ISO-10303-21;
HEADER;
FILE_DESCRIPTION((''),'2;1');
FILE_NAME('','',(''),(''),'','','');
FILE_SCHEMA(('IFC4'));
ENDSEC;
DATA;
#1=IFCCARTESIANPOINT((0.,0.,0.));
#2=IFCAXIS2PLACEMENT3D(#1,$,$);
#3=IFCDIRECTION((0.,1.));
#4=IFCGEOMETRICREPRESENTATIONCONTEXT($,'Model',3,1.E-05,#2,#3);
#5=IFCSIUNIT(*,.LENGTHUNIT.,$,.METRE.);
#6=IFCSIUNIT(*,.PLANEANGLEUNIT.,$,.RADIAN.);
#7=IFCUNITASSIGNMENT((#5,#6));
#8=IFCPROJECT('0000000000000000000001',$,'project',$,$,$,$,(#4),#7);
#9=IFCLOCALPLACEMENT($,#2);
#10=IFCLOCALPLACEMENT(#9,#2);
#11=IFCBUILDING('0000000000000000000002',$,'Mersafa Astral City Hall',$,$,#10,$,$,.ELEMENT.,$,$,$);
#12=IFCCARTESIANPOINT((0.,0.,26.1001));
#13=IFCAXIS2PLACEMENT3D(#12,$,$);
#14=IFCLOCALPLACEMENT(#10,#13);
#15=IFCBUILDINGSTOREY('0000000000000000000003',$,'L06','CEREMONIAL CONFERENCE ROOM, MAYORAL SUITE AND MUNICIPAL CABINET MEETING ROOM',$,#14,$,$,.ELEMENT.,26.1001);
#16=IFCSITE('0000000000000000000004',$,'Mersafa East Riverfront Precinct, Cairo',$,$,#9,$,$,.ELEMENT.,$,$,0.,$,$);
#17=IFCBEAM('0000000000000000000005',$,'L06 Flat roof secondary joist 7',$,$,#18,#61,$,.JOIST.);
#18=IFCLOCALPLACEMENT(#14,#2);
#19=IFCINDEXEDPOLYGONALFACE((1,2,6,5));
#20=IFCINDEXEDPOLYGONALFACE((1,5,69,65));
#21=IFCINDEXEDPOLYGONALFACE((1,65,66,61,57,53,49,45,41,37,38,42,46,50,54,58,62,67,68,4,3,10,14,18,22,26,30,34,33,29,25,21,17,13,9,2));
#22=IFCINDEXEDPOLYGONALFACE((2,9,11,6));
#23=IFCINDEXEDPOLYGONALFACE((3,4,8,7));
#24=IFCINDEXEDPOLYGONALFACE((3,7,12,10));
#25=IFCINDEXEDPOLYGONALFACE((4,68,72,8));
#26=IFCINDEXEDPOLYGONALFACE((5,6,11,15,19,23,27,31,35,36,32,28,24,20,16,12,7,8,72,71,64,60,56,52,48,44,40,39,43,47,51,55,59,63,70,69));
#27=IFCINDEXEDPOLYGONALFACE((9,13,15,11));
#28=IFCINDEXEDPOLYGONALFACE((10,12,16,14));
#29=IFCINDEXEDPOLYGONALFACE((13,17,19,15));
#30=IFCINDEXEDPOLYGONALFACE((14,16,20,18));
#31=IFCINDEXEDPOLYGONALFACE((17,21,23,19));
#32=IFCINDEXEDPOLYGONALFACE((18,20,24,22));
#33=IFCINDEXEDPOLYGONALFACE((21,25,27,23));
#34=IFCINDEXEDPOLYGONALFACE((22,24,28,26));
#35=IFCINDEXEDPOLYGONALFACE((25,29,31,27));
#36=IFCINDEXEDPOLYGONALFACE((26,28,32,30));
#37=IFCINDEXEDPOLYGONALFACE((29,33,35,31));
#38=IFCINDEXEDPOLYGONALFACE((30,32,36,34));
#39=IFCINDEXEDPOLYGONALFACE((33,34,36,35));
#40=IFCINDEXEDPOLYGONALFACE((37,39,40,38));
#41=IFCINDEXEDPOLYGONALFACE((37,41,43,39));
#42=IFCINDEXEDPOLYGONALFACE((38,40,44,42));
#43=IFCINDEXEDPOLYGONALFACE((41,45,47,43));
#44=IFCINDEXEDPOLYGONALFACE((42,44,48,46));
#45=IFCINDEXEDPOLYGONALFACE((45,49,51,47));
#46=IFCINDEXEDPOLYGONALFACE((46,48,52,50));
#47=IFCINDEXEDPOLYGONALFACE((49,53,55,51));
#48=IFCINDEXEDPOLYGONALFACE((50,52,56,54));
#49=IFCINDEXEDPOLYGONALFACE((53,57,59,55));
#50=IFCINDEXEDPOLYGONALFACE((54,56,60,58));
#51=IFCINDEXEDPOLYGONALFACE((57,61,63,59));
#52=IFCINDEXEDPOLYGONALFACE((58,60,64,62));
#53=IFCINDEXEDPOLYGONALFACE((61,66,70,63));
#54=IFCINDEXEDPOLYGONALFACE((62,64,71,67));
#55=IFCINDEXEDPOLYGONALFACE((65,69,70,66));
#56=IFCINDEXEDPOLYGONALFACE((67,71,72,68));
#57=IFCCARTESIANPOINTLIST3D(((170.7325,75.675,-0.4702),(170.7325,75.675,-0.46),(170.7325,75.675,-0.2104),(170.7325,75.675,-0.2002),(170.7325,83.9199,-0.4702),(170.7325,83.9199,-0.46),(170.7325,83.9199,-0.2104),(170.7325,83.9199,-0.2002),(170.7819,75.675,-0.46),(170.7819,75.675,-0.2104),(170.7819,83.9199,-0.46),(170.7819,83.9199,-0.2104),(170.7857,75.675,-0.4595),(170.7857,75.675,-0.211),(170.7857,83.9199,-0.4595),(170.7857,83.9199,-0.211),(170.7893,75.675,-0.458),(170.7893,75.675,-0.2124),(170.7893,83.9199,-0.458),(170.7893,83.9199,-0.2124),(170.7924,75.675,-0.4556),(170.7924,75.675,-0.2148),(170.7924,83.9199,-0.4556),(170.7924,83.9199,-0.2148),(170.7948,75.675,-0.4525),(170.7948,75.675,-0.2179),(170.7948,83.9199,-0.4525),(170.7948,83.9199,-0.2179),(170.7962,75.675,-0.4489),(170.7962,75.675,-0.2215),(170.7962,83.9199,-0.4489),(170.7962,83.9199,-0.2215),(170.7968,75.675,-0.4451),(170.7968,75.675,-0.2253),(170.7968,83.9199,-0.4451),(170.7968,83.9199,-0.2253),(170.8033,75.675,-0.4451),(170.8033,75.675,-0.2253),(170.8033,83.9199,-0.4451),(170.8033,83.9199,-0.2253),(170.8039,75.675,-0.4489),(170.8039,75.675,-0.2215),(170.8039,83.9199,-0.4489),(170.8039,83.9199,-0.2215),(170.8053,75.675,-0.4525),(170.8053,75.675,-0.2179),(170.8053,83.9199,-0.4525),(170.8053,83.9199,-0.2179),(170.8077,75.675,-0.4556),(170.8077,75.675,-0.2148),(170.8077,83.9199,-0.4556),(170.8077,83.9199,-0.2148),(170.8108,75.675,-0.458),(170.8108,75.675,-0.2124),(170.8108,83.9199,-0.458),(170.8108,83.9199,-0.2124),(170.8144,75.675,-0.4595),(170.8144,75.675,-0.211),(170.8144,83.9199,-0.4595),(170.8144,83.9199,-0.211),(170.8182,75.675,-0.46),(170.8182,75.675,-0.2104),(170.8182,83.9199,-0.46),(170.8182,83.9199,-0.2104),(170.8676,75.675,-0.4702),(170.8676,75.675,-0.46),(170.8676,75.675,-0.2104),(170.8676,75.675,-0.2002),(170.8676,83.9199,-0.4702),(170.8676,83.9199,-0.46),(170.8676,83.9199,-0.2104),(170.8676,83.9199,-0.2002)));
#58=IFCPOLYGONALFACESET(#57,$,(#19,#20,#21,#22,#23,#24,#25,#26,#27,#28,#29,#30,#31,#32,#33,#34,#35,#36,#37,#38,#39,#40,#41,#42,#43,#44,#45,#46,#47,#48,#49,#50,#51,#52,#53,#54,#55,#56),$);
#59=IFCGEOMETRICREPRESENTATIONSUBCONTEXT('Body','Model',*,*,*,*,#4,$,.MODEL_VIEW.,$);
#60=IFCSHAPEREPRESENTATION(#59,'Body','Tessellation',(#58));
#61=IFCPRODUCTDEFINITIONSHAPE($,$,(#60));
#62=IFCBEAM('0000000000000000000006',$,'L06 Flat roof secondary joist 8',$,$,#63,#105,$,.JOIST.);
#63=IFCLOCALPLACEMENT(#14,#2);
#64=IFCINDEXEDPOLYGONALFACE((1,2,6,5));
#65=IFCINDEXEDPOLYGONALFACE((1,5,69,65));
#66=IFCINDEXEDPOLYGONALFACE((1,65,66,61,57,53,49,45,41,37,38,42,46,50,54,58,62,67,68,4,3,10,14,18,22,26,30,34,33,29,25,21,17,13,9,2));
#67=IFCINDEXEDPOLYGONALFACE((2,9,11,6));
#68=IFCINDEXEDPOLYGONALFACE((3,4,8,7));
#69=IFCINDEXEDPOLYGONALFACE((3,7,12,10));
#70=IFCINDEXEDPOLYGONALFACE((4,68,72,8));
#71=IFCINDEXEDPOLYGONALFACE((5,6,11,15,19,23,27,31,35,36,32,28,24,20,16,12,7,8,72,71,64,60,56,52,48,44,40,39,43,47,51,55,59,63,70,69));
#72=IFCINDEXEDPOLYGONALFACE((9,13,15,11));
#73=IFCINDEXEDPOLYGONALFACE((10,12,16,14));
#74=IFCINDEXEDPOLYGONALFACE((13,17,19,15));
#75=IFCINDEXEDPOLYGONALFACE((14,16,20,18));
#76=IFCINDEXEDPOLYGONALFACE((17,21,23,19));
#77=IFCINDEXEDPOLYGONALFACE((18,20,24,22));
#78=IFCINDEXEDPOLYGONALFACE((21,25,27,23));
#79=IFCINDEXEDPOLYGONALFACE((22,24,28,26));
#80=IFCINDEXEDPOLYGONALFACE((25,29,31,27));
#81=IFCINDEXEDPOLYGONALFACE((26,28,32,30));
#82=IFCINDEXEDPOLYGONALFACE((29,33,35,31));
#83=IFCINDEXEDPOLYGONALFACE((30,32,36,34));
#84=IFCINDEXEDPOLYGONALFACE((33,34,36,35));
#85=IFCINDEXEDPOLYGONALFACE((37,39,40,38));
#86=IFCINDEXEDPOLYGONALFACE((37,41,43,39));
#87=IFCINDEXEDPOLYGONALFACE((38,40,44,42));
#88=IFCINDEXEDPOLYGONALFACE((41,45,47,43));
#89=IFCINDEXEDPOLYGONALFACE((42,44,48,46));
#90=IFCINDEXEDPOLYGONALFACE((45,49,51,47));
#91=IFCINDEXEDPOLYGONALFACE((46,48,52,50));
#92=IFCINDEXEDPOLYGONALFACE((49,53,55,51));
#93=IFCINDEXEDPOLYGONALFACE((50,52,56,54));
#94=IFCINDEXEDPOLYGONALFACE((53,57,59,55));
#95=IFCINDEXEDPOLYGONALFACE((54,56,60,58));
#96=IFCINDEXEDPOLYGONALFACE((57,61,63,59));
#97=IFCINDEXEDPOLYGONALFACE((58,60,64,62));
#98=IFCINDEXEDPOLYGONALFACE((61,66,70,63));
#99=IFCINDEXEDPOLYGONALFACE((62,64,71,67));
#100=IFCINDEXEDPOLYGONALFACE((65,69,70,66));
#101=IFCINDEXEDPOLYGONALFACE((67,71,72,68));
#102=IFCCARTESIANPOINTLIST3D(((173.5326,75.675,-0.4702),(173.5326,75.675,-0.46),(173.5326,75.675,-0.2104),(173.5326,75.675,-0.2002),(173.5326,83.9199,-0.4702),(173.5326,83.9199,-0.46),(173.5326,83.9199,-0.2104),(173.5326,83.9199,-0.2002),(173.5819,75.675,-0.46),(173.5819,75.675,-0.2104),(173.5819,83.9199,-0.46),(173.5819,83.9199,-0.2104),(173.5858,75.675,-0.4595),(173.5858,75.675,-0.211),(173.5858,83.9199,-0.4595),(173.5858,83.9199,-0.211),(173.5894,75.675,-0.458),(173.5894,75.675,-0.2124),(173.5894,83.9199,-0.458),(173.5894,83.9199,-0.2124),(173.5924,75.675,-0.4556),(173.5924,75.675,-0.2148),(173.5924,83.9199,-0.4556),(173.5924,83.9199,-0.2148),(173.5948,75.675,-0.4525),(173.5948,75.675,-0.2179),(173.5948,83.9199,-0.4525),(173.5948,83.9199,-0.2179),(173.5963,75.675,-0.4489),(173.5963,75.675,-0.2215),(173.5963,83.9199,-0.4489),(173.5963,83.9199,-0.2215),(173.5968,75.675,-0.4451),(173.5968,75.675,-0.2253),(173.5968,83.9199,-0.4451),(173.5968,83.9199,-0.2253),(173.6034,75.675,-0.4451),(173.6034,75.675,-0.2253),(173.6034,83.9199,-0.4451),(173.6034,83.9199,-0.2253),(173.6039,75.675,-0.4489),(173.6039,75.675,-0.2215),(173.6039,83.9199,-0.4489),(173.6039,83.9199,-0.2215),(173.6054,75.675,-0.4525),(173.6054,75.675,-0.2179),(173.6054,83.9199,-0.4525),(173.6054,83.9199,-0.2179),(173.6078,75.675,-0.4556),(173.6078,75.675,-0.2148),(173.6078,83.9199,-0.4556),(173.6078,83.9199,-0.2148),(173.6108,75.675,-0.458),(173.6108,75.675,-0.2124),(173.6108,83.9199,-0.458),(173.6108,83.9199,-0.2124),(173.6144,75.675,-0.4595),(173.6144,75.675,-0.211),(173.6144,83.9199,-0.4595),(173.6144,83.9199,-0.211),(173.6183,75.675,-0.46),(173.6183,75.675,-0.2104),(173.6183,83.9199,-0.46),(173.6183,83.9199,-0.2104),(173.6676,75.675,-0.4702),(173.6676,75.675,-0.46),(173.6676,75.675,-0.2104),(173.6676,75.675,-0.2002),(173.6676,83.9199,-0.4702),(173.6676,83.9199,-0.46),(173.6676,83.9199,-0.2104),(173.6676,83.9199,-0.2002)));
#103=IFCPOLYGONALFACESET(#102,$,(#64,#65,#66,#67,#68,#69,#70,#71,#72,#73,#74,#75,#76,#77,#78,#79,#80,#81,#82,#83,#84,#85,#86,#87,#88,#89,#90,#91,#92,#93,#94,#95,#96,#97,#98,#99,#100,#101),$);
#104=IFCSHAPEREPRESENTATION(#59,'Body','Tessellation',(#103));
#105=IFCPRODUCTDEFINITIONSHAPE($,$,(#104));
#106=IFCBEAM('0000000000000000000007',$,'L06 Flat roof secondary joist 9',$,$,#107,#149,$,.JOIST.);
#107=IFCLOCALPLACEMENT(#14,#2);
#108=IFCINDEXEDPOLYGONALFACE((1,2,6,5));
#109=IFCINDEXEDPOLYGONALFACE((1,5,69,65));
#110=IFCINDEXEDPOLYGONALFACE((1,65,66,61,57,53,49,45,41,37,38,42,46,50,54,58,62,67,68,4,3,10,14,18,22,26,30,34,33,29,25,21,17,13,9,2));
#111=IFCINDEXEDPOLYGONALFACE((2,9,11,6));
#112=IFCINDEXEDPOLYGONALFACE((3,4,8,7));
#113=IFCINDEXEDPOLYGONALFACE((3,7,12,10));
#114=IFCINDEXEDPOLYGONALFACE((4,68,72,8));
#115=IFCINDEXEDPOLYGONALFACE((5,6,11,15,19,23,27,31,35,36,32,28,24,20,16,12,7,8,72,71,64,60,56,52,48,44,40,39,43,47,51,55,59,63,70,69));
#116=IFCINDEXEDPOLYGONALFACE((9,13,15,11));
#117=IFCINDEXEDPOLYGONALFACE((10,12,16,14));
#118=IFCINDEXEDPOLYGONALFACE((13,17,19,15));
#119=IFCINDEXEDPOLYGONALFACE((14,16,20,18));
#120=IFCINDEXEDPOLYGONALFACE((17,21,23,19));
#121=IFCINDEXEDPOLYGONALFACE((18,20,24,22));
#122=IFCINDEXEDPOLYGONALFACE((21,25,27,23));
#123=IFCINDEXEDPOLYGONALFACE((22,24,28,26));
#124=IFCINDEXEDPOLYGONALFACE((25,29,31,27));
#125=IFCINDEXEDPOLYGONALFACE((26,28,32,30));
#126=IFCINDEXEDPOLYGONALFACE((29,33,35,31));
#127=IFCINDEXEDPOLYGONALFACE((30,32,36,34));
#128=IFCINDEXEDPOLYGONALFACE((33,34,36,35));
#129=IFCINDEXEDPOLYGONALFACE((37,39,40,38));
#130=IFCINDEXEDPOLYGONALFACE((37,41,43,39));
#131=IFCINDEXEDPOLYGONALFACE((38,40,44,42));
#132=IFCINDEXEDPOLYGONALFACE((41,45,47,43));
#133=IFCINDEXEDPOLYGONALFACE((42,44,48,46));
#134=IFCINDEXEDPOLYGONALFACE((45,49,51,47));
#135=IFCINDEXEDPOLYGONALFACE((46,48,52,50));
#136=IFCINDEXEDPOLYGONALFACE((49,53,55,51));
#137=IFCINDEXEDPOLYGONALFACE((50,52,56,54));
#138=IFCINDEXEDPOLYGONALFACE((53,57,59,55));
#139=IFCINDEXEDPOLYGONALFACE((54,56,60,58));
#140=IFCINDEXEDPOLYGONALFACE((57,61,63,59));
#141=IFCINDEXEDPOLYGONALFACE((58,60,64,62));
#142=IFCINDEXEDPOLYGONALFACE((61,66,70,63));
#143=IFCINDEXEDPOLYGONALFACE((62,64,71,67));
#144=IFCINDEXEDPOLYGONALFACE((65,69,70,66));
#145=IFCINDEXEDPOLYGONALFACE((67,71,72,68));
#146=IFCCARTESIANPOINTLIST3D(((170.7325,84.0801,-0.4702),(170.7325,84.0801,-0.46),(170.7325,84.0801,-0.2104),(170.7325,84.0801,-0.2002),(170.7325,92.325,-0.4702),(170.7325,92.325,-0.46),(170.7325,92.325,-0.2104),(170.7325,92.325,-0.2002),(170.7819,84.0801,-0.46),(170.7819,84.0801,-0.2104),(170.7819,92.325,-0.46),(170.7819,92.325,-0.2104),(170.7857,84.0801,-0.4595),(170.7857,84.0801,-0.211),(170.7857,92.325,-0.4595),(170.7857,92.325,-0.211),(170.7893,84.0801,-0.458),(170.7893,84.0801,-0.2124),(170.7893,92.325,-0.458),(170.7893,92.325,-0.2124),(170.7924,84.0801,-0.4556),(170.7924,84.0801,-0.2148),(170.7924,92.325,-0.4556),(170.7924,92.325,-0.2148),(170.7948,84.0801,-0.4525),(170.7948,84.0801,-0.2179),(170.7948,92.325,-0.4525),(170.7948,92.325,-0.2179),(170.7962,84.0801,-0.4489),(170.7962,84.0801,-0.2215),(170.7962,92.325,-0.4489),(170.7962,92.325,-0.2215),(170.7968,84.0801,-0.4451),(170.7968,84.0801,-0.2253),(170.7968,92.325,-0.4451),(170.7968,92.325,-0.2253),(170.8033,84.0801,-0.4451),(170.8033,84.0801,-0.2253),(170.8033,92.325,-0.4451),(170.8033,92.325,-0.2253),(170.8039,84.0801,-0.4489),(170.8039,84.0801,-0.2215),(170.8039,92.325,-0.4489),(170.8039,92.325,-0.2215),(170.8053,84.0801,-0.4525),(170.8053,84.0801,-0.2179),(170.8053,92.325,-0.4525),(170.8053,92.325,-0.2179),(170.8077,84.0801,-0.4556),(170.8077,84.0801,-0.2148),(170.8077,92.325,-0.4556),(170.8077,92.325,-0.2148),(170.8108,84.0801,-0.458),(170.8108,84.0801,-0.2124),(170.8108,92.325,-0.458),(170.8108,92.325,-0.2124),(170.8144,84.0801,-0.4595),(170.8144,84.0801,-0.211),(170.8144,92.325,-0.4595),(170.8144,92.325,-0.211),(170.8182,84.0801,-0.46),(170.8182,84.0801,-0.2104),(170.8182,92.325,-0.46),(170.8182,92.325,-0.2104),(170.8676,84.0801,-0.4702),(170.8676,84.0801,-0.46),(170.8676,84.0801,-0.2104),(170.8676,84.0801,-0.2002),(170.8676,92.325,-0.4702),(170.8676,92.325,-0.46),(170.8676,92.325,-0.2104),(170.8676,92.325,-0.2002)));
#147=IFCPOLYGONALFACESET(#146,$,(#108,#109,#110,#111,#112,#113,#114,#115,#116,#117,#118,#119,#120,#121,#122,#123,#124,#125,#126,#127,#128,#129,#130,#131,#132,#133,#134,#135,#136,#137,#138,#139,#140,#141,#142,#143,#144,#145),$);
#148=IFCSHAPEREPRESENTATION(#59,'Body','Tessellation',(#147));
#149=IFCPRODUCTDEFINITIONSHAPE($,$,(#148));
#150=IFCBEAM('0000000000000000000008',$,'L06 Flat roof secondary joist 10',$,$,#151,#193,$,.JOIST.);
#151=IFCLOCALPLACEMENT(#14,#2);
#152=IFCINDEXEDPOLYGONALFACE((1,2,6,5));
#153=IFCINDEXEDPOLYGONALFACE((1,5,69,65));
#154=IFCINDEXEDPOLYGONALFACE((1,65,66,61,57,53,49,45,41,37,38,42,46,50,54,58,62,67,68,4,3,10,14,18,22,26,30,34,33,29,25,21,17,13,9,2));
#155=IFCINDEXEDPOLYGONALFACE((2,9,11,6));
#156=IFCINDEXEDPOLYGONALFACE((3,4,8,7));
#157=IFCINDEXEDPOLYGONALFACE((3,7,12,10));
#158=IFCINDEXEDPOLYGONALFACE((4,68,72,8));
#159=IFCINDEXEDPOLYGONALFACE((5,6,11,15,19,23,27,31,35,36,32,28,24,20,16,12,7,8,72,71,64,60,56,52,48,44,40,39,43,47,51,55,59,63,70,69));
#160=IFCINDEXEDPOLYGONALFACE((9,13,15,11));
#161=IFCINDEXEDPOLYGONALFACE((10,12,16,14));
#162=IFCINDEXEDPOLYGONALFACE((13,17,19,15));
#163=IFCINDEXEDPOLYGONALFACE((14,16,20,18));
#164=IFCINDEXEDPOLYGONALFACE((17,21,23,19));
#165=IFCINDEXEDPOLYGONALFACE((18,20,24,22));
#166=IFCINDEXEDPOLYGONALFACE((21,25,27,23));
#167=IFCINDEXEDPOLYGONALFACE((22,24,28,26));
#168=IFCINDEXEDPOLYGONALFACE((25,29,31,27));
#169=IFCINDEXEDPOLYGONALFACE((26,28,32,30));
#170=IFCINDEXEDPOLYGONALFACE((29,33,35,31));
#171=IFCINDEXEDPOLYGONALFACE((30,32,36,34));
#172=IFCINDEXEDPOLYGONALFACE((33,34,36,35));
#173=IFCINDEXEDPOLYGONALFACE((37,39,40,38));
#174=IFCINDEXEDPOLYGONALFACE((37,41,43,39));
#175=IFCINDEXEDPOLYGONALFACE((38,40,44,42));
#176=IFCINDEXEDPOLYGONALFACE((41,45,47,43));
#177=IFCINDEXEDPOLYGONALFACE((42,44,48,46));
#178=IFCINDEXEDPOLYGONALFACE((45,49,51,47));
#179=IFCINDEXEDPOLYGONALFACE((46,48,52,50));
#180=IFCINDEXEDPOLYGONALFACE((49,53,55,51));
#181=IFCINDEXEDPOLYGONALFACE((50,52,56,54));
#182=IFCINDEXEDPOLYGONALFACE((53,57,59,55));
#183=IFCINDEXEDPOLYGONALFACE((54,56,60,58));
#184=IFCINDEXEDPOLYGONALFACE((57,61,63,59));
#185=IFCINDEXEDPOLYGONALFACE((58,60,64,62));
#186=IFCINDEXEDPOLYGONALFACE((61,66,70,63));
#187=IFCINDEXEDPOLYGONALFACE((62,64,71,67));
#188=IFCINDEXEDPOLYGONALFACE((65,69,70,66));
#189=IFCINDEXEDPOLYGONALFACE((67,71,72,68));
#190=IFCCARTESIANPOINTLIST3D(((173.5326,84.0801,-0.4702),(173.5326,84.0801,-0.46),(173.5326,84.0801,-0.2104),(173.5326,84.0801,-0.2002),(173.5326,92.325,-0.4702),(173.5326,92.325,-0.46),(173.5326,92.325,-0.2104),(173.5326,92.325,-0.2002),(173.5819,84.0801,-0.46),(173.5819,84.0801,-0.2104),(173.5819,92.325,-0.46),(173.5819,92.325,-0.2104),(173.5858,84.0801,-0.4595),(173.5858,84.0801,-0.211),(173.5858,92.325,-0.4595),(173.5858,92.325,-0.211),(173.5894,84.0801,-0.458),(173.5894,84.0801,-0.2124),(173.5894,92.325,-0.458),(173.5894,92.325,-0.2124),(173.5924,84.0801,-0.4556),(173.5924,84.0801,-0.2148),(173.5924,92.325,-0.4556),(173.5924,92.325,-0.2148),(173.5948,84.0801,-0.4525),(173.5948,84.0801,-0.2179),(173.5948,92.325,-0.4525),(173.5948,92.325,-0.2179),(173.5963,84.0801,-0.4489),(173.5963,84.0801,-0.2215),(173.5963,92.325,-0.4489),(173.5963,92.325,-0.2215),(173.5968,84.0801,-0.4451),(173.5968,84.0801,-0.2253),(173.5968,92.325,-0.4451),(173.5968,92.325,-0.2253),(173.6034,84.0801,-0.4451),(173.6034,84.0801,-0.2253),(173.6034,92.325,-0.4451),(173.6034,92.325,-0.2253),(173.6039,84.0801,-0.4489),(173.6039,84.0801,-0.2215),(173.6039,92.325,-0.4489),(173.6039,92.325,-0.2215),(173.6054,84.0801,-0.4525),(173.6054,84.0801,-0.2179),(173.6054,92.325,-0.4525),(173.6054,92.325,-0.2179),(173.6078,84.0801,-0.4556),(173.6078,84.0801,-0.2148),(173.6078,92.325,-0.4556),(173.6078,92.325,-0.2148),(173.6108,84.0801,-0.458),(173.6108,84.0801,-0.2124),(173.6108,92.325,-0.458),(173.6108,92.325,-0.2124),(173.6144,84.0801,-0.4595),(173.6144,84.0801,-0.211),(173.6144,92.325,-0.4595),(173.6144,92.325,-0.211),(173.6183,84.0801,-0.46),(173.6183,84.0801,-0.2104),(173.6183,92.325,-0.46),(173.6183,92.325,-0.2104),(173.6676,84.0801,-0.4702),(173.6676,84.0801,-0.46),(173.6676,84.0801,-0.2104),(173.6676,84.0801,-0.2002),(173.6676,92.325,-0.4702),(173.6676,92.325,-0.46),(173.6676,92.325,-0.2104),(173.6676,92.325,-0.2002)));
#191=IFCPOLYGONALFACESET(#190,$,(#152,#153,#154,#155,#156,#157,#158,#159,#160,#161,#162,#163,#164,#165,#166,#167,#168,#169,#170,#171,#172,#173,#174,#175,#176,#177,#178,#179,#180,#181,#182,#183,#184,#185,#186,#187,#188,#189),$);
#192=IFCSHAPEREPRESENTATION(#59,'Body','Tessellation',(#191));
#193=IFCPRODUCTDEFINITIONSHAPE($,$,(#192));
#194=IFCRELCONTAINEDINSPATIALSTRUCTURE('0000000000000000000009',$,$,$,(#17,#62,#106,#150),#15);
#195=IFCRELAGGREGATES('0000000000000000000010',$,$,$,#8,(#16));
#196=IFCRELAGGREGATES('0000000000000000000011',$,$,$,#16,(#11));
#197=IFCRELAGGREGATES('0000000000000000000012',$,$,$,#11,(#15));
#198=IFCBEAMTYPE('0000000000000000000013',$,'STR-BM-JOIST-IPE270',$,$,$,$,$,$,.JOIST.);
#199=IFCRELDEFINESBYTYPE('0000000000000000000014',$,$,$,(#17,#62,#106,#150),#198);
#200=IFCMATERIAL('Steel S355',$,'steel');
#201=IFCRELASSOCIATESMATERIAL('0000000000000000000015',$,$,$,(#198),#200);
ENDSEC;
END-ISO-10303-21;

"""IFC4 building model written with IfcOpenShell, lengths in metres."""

from ifc_helpers import new_model, si_unit, direction, frame, origin, origin_2d, place, context, subcontext, project, spatial, i_section, extrude, material, material_profile, profile_set, type_object, element, save


model = new_model("IFC4")

# Units and contexts
model_context = context("Model", 3, precision=1e-05, world=origin(), true_north=direction((0.0, 1.0)))
body_context = subcontext(model_context, "Body", "Model", "MODEL_VIEW")
ifc_project = project(units=[si_unit("LENGTHUNIT", "METRE"), si_unit("PLANEANGLEUNIT", "RADIAN")], contexts=[model_context])

# Site, building, storey
site_placement = place(None, origin())
site = spatial("IfcSite", under=ifc_project, at=site_placement, Name="Mersafa East Riverfront Precinct, Cairo", CompositionType="ELEMENT", RefElevation=0.0)
building_placement = place(site_placement, origin())
building = spatial("IfcBuilding", under=site, at=building_placement, Name="Mersafa Astral City Hall", CompositionType="ELEMENT")
storey_placement = place(building_placement, frame((0.0, 0.0, 26.1001)))
storey = spatial("IfcBuildingStorey", under=building, at=storey_placement, Name="L06", Description="CEREMONIAL CONFERENCE ROOM, MAYORAL SUITE AND MUNICIPAL CABINET MEETING ROOM", CompositionType="ELEMENT", Elevation=26.1001)

# Beams
ifc_material_1 = material(Name="Steel S355", Category="steel")
ifc_material_profile_1 = material_profile(ifc_material_1, i_section(OverallWidth=0.135, OverallDepth=0.27, WebThickness=0.0066, FlangeThickness=0.0103, FilletRadius=0.0149, at=origin_2d()), Name="IPE 270")
ifc_profile_set_1 = profile_set([ifc_material_profile_1], Name="Steel S355")
beam_type_1 = type_object("IfcBeamType", Name="STR-BM-JOIST-IPE270", PredefinedType="JOIST", material=ifc_profile_set_1)
for number, where, z_axis, x_axis, name in (
    (1, (170.8, 75.675, -0.3352), (0.0, 1.0, 0.0), (-1.0, 0.0, 0.0), "L06 Flat roof secondary joist 7"),
    (2, (173.6001, 75.675, -0.3352), (0.0, 1.0, 0.0), (-1.0, 0.0, 0.0), "L06 Flat roof secondary joist 8"),
    (3, (170.8, 84.0801, -0.3352), (0.0, 1.0, 0.0), (-1.0, 0.0, 0.0), "L06 Flat roof secondary joist 9"),
    (4, (173.6001, 84.0801, -0.3352), (0.0, 1.0, 0.0), (-1.0, 0.0, 0.0), "L06 Flat roof secondary joist 10"),
):
    element("IfcBeam", number, at=place(storey_placement, frame(where, z_axis=z_axis, x_axis=x_axis)), inside=storey, type_object=beam_type_1, Name=name, PredefinedType="JOIST", context=body_context, shape_type="SweptSolid", body=[
        extrude(i_section(OverallWidth=0.135, OverallDepth=0.27, WebThickness=0.0066, FlangeThickness=0.0103, FilletRadius=0.0149, at=origin_2d()), origin(), (0.0, 0.0, 1.0), 8.2449),
    ])

save(model, "model.ifc")
